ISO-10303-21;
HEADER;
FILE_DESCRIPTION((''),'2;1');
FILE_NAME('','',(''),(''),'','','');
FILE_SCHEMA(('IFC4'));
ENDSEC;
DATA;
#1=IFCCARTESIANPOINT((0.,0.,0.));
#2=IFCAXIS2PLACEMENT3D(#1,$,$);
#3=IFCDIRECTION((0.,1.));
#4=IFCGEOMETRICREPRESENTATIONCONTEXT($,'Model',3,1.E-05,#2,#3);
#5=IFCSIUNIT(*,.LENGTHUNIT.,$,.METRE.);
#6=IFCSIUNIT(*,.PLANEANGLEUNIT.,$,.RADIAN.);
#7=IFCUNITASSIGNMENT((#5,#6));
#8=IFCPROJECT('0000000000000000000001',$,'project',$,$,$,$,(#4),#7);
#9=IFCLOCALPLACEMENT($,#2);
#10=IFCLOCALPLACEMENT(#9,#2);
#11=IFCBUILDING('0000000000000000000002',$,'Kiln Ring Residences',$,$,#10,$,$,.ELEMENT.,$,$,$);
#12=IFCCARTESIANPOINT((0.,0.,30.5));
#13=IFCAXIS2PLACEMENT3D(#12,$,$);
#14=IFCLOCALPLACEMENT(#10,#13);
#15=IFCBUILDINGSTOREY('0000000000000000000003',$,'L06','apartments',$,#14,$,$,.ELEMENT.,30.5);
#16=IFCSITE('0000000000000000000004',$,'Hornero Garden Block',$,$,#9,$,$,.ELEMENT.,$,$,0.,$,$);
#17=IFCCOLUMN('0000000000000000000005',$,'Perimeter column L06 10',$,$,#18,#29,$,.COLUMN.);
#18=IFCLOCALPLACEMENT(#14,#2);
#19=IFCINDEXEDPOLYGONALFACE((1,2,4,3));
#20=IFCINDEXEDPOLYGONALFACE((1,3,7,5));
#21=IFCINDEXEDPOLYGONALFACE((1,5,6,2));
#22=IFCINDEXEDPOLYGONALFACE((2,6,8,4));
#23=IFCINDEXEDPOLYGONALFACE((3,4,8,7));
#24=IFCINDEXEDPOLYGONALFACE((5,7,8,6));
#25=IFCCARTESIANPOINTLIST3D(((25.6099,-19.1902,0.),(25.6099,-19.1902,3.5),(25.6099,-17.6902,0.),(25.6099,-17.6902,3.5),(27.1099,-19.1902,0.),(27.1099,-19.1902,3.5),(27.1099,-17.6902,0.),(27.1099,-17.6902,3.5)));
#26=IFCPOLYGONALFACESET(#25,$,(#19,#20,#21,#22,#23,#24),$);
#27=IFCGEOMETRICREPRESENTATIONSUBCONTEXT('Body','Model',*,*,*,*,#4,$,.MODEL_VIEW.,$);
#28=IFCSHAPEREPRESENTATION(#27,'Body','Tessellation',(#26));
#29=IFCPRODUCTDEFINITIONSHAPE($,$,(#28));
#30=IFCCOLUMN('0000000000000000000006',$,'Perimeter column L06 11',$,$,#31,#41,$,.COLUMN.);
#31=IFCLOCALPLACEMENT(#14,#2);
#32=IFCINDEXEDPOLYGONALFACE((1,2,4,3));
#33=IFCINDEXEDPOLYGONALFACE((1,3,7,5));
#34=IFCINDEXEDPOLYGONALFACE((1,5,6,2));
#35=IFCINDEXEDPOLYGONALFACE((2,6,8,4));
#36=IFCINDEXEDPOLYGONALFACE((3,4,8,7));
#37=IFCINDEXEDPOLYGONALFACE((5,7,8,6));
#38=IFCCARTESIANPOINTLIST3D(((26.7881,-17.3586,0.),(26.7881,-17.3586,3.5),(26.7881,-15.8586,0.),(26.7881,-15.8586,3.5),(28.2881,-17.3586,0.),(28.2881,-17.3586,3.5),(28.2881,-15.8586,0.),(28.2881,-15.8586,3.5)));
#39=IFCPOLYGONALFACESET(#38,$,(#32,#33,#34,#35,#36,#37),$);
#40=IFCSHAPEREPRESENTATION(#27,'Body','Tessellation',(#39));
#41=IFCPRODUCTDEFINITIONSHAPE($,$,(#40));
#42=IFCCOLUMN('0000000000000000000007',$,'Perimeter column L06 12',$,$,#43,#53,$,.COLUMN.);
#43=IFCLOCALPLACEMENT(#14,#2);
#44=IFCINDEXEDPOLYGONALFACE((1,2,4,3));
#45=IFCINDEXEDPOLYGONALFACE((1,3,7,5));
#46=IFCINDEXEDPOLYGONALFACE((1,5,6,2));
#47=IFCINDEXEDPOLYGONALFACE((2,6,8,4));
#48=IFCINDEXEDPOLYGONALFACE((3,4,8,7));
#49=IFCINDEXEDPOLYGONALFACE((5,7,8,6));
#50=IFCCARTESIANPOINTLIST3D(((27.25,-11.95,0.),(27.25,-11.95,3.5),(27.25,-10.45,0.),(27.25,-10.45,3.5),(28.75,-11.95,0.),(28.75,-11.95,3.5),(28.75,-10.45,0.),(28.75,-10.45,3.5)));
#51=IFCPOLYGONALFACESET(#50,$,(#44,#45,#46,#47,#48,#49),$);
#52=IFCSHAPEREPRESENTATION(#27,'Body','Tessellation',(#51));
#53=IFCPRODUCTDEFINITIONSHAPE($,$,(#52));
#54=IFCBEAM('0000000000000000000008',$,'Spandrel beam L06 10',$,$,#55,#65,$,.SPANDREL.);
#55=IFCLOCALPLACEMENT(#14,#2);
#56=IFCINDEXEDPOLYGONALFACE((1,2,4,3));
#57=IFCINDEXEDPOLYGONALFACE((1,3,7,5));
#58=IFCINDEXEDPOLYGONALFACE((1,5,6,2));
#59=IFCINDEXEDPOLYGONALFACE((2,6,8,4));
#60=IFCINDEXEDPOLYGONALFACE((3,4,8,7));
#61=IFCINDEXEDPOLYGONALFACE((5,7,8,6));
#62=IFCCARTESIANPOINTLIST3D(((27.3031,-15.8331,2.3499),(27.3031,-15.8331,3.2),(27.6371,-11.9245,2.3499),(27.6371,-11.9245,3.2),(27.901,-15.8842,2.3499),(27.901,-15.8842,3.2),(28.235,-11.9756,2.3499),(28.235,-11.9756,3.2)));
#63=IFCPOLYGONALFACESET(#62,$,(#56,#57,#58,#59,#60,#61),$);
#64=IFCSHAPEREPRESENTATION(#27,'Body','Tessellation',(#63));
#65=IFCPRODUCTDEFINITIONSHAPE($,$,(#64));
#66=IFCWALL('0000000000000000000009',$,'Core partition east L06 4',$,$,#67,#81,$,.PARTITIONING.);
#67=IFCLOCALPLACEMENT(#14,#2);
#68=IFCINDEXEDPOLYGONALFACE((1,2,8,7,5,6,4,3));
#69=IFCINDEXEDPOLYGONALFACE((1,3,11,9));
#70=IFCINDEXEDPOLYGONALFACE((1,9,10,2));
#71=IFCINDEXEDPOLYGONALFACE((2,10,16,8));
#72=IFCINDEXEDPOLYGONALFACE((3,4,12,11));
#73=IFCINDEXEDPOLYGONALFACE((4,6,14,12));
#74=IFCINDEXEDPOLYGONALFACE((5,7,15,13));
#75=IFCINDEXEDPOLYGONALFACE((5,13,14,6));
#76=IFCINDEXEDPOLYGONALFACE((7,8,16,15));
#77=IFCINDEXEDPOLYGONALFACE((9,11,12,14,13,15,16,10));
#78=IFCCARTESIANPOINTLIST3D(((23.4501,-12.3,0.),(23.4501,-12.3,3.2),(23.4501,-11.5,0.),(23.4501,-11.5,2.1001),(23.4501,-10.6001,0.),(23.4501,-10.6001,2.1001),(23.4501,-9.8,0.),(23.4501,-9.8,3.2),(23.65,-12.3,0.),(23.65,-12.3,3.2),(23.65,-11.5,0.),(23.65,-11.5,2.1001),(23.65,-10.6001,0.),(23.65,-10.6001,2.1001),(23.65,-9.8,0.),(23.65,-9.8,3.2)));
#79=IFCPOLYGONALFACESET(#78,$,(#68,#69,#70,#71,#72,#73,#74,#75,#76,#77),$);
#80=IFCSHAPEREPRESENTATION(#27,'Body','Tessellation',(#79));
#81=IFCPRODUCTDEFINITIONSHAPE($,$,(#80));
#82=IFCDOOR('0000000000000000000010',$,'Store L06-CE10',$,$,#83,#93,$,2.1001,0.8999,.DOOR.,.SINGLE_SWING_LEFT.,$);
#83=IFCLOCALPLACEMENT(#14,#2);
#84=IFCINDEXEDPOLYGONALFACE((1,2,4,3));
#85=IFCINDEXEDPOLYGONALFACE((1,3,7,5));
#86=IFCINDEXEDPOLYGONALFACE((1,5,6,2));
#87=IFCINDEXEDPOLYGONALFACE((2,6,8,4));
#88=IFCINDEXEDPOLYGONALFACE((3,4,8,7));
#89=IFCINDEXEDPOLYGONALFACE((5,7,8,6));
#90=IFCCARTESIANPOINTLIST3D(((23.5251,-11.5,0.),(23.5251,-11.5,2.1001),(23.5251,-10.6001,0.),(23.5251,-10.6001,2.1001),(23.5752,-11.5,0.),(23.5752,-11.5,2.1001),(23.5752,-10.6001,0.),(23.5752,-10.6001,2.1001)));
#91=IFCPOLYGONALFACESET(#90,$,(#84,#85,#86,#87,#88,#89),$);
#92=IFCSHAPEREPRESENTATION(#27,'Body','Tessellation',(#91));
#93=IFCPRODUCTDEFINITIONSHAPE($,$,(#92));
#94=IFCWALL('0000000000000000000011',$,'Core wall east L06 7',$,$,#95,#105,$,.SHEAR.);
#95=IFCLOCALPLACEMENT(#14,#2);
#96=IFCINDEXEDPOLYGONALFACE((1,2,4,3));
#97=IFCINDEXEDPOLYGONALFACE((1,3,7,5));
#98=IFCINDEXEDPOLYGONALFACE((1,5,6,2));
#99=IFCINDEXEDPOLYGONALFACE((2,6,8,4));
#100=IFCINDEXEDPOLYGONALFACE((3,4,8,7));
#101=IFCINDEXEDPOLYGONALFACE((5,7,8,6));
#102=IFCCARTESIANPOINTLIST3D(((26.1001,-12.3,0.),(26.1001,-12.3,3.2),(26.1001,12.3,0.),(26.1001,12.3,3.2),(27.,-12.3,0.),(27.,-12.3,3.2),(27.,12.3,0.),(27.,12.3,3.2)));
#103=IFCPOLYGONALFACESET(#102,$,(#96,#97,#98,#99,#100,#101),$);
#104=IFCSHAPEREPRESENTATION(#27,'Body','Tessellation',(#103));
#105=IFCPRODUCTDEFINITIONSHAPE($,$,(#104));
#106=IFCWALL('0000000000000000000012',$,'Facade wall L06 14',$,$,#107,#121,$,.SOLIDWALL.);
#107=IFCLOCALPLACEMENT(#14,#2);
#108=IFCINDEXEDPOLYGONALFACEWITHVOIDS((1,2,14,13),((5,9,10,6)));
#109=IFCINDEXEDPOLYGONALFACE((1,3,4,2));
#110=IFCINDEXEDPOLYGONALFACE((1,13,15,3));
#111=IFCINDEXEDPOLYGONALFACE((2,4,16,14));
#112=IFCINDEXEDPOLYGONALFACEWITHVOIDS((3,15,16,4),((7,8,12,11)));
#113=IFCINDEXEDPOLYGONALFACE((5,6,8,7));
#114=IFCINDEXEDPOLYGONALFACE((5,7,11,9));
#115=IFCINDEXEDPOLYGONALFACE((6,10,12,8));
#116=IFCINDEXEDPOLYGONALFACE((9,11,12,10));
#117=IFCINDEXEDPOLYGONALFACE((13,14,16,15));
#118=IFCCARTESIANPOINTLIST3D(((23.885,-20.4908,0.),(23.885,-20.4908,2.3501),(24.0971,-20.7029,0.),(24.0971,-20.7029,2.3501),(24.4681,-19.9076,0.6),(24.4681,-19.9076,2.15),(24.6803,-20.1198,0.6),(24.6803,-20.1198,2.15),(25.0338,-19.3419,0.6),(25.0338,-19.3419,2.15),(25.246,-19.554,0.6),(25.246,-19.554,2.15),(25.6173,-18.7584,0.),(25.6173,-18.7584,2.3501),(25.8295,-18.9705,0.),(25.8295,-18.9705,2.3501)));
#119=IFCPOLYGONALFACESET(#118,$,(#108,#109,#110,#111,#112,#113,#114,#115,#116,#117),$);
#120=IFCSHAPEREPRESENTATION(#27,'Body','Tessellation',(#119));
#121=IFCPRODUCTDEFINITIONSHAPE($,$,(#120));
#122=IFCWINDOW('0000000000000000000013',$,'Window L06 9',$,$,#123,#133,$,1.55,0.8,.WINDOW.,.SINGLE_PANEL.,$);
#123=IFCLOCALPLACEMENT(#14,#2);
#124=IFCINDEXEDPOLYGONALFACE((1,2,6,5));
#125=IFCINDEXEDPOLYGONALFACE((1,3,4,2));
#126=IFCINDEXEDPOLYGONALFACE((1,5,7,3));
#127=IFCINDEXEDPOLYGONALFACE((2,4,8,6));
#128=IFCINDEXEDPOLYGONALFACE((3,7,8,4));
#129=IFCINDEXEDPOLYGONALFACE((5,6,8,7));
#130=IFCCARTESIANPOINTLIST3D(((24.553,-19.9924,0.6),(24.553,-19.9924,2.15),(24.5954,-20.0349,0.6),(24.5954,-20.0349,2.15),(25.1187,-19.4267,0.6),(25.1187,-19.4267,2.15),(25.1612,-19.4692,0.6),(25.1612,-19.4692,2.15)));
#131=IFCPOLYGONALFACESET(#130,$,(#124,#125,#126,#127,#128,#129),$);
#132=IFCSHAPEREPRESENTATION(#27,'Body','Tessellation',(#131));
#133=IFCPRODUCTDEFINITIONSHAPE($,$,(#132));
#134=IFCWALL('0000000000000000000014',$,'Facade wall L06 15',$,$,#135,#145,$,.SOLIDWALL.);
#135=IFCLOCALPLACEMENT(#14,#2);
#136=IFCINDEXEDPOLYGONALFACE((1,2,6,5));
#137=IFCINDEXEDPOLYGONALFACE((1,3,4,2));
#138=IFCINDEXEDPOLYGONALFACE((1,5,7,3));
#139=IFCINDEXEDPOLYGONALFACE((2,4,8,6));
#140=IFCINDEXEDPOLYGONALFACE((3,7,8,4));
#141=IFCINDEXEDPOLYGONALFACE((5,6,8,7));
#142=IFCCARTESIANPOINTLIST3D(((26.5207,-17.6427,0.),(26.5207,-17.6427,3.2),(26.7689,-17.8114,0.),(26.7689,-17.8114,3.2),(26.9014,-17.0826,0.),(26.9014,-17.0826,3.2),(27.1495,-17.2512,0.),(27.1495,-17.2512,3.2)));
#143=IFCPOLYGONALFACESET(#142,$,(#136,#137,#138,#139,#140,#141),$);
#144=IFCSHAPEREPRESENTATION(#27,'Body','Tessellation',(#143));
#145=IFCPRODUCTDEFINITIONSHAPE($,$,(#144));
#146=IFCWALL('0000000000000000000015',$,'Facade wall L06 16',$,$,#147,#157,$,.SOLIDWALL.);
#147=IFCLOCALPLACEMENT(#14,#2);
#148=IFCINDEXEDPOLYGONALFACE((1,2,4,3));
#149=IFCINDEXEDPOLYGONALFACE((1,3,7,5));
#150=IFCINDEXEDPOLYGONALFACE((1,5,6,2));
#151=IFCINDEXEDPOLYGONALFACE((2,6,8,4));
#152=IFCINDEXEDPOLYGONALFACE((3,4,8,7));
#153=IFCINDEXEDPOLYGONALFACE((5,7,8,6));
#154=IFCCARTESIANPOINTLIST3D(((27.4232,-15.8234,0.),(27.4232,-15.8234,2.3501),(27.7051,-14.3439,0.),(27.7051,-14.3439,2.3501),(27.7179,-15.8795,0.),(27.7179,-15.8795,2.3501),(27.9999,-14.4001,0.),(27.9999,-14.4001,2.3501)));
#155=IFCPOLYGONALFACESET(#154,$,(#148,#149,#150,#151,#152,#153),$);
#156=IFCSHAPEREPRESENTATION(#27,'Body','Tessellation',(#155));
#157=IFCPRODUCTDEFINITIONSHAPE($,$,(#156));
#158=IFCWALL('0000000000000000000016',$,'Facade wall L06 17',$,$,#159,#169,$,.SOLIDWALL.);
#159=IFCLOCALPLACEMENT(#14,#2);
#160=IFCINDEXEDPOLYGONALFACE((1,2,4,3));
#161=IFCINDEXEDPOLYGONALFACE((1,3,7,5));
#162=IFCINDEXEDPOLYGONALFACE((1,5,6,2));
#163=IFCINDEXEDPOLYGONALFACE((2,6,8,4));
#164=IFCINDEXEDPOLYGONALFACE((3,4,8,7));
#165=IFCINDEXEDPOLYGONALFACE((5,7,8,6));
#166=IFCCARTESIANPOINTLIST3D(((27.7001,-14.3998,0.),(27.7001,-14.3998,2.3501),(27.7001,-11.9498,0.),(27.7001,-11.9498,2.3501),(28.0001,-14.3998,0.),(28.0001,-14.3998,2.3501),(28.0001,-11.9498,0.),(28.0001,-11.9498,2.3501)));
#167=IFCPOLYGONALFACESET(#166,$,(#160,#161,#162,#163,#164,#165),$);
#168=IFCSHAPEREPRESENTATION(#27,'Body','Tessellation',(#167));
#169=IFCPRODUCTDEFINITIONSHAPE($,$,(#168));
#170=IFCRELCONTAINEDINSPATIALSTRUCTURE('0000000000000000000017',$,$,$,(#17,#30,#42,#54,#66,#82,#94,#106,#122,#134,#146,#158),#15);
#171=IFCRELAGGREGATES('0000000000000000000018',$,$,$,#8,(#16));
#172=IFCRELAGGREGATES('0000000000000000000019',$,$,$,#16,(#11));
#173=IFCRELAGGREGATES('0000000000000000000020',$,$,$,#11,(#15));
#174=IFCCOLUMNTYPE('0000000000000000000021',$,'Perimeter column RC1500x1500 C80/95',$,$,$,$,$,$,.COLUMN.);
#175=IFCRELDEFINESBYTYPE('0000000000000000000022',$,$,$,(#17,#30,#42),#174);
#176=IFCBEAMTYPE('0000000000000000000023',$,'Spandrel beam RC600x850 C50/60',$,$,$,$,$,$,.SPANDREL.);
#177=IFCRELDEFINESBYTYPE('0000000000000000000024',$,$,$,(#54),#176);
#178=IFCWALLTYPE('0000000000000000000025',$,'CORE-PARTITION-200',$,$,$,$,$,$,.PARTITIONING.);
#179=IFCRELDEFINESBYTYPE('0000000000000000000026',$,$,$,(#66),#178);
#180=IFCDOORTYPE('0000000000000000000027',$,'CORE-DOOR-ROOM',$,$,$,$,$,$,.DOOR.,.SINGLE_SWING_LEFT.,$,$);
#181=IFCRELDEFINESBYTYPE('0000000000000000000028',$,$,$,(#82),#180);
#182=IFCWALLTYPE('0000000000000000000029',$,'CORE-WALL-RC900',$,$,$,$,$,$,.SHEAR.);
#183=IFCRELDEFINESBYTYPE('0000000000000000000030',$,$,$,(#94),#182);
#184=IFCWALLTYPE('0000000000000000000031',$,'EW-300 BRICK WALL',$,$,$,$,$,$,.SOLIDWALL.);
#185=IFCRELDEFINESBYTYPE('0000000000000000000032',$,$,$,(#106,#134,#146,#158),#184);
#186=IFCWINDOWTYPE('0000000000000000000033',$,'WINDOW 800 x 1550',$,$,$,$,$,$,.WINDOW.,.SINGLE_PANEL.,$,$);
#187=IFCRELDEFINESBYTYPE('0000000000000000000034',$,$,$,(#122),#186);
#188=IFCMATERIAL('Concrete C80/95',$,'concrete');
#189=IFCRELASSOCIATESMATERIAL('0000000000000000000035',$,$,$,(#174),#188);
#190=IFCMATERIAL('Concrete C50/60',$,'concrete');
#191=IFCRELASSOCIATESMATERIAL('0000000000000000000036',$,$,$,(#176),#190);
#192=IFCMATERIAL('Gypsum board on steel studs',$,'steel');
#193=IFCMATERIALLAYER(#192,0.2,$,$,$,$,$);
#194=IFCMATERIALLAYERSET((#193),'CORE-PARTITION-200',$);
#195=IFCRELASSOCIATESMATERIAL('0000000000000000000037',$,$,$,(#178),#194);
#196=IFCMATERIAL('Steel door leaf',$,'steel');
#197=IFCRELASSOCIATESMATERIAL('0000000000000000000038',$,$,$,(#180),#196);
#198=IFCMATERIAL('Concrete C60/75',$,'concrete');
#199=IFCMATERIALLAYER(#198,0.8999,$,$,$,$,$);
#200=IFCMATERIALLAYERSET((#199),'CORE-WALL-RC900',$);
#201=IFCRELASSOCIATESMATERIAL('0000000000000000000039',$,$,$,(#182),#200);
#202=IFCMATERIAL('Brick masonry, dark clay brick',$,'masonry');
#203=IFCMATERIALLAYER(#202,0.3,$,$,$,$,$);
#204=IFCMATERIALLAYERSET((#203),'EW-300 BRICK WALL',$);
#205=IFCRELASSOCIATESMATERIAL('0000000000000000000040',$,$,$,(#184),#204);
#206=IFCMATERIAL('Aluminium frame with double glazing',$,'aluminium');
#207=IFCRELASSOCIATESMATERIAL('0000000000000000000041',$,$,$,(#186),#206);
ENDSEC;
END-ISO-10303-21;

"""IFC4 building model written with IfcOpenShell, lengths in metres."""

from ifc_helpers import new_model, si_unit, direction, frame, frame_2d, origin, origin_2d, place, context, subcontext, project, spatial, rectangle, extrude, material, layer, layer_set, material_profile, profile_set, type_object, element, fill, save


model = new_model("IFC4")

# Units and contexts
model_context = context("Model", 3, precision=1e-05, world=origin(), true_north=direction((0.0, 1.0)))
body_context = subcontext(model_context, "Body", "Model", "MODEL_VIEW")
ifc_project = project(units=[si_unit("LENGTHUNIT", "METRE"), si_unit("PLANEANGLEUNIT", "RADIAN")], contexts=[model_context])

# Site, building, storey
site_placement = place(None, origin())
site = spatial("IfcSite", under=ifc_project, at=site_placement, Name="Hornero Garden Block", CompositionType="ELEMENT", RefElevation=0.0)
building_placement = place(site_placement, origin())
building = spatial("IfcBuilding", under=site, at=building_placement, Name="Kiln Ring Residences", CompositionType="ELEMENT")
storey_placement = place(building_placement, frame((0.0, 0.0, 30.5)))
storey = spatial("IfcBuildingStorey", under=building, at=storey_placement, Name="L06", Description="apartments", CompositionType="ELEMENT", Elevation=30.5)

# Columns
ifc_material_1 = material(Name="Concrete C80/95", Category="concrete")
ifc_material_profile_1 = material_profile(ifc_material_1, rectangle(XDim=1.5, YDim=1.5, at=origin_2d()), Name="RC1500x1500")
ifc_profile_set_1 = profile_set([ifc_material_profile_1], Name="Concrete C80/95")
column_type = type_object("IfcColumnType", Name="Perimeter column RC1500x1500 C80/95", PredefinedType="COLUMN", material=ifc_profile_set_1)
for number, where, z_axis, x_axis, name in (
    (1, (26.3599, -18.4402, 0.0), (0.0, 0.0, 1.0), (1.0, 0.0, 0.0), "Perimeter column L06 10"),
    (2, (27.5381, -16.6086, 0.0), (0.0, 0.0, 1.0), (1.0, 0.0, 0.0), "Perimeter column L06 11"),
    (3, (28.0, -11.2, 0.0), (0.0, 0.0, 1.0), (1.0, 0.0, 0.0), "Perimeter column L06 12"),
):
    element("IfcColumn", number, at=place(storey_placement, frame(where, z_axis=z_axis, x_axis=x_axis)), inside=storey, type_object=column_type, Name=name, PredefinedType="COLUMN", context=body_context, shape_type="SweptSolid", body=[
        extrude(rectangle(XDim=1.5, YDim=1.5, at=origin_2d()), origin(), (0.0, 0.0, 1.0), 3.5),
    ])

# Beam
ifc_material_2 = material(Name="Concrete C50/60", Category="concrete")
ifc_material_profile_2 = material_profile(ifc_material_2, rectangle(XDim=0.6001, YDim=0.8501, at=origin_2d()), Name="RC600x850")
ifc_profile_set_2 = profile_set([ifc_material_profile_2], Name="Concrete C50/60")
beam_type = type_object("IfcBeamType", Name="Spandrel beam RC600x850 C50/60", PredefinedType="SPANDREL", material=ifc_profile_set_2)
beam_placement = place(storey_placement, frame((27.6021, -15.8586, 2.7749), z_axis=(0.085136, 0.996369, 0.0), x_axis=(-0.996369, 0.085136, 0.0)))
element("IfcBeam", 4, at=beam_placement, inside=storey, type_object=beam_type, Name="Spandrel beam L06 10", PredefinedType="SPANDREL", context=body_context, shape_type="SweptSolid", body=[
    extrude(rectangle(XDim=0.6001, YDim=0.8501, at=origin_2d()), origin(), (0.0, 0.0, 1.0), 3.9229),
])

# Wall, opening, door
ifc_material_3 = material(Name="Gypsum board on steel studs", Category="steel")
ifc_layer_1 = layer(ifc_material_3, 0.2)
ifc_layer_set_1 = layer_set([ifc_layer_1], Name="CORE-PARTITION-200")
wall_type_1 = type_object("IfcWallType", Name="CORE-PARTITION-200", PredefinedType="PARTITIONING", material=ifc_layer_set_1)
wall_1_placement = place(storey_placement, frame((23.55, -12.3, 0.0), z_axis=(0.0, 0.0, 1.0), x_axis=(0.0, 1.0, 0.0)))
wall_1 = element("IfcWall", 5, at=wall_1_placement, inside=storey, type_object=wall_type_1, Name="Core partition east L06 4", PredefinedType="PARTITIONING", context=body_context, shape_type="SweptSolid", body=[
    extrude(rectangle(XDim=2.5, YDim=0.2, at=frame_2d((1.25, 0.0))), origin(), (0.0, 0.0, 1.0), 3.2),
])
opening_1_placement = place(wall_1_placement, frame((0.8, 0.0, 0.0)))
opening_1 = element("IfcOpeningElement", 6, at=opening_1_placement, cuts=wall_1, PredefinedType="OPENING", context=body_context, shape_type="SweptSolid", body=[
    extrude(rectangle(XDim=0.8999, YDim=2.1001, at=frame_2d((0.45, 1.05))), frame((0.0, 0.1099, 0.0), z_axis=(0.0, -1.0, 0.0), x_axis=(1.0, 0.0, 0.0)), (0.0, 0.0, 1.0), 0.22),
])
ifc_material_4 = material(Name="Steel door leaf", Category="steel")
door_type = type_object("IfcDoorType", Name="CORE-DOOR-ROOM", OperationType="SINGLE_SWING_LEFT", PredefinedType="DOOR", material=ifc_material_4)
door_placement = place(opening_1_placement, origin())
door = element("IfcDoor", 7, at=door_placement, inside=storey, type_object=door_type, Name="Store L06-CE10", OperationType="SINGLE_SWING_LEFT", OverallHeight=2.1001, OverallWidth=0.8999, PredefinedType="DOOR", context=body_context, shape_type="SweptSolid", body=[
    extrude(rectangle(XDim=0.8999, YDim=2.1001, at=frame_2d((0.45, 1.05))), frame((0.0, 0.0249, 0.0), z_axis=(0.0, -1.0, 0.0), x_axis=(1.0, 0.0, 0.0)), (0.0, 0.0, 1.0), 0.05),
])
fill(opening_1, door)

# Wall
ifc_material_5 = material(Name="Concrete C60/75", Category="concrete")
ifc_layer_2 = layer(ifc_material_5, 0.8999)
ifc_layer_set_2 = layer_set([ifc_layer_2], Name="CORE-WALL-RC900")
wall_type_2 = type_object("IfcWallType", Name="CORE-WALL-RC900", PredefinedType="SHEAR", material=ifc_layer_set_2)
wall_2_placement = place(storey_placement, frame((26.55, -12.3, 0.0), z_axis=(0.0, 0.0, 1.0), x_axis=(0.0, 1.0, 0.0)))
element("IfcWall", 8, at=wall_2_placement, inside=storey, type_object=wall_type_2, Name="Core wall east L06 7", PredefinedType="SHEAR", context=body_context, shape_type="SweptSolid", body=[
    extrude(rectangle(XDim=24.6001, YDim=0.8999, at=frame_2d((12.3, 0.0))), origin(), (0.0, 0.0, 1.0), 3.2),
])

# Wall, opening, window
ifc_material_6 = material(Name="Brick masonry, dark clay brick", Category="masonry")
ifc_layer_3 = layer(ifc_material_6, 0.3)
ifc_layer_set_3 = layer_set([ifc_layer_3], Name="EW-300 BRICK WALL")
wall_type_3 = type_object("IfcWallType", Name="EW-300 BRICK WALL", PredefinedType="SOLIDWALL", material=ifc_layer_set_3)
wall_3_placement = place(storey_placement, frame((23.991, -20.5969, 0.0), z_axis=(0.0, 0.0, 1.0), x_axis=(0.707107, 0.707107, 0.0)))
wall_3 = element("IfcWall", 9, at=wall_3_placement, inside=storey, type_object=wall_type_3, Name="Facade wall L06 14", PredefinedType="SOLIDWALL", context=body_context, shape_type="SweptSolid", body=[
    extrude(rectangle(XDim=2.45, YDim=0.3, at=frame_2d((1.2251, 0.0))), origin(), (0.0, 0.0, 1.0), 2.3501),
])
opening_2_placement = place(wall_3_placement, frame((0.825, 0.0, 0.6001)))
opening_2 = element("IfcOpeningElement", 10, at=opening_2_placement, cuts=wall_3, PredefinedType="OPENING", context=body_context, shape_type="SweptSolid", body=[
    extrude(rectangle(XDim=0.8, YDim=1.55, at=frame_2d((0.3999, 0.7749))), frame((0.0, 0.1599, 0.0), z_axis=(0.0, -1.0, 0.0), x_axis=(1.0, 0.0, 0.0)), (0.0, 0.0, 1.0), 0.3201),
])
ifc_material_7 = material(Name="Aluminium frame with double glazing", Category="aluminium")
window_type = type_object("IfcWindowType", Name="WINDOW 800 x 1550", PartitioningType="SINGLE_PANEL", PredefinedType="WINDOW", material=ifc_material_7)
window_placement = place(opening_2_placement, origin())
window = element("IfcWindow", 11, at=window_placement, inside=storey, type_object=window_type, Name="Window L06 9", OverallHeight=1.55, OverallWidth=0.8, PartitioningType="SINGLE_PANEL", PredefinedType="WINDOW", context=body_context, shape_type="SweptSolid", body=[
    extrude(rectangle(XDim=0.8, YDim=1.55, at=frame_2d((0.3999, 0.7749))), frame((0.0, 0.03, 0.0), z_axis=(0.0, -1.0, 0.0), x_axis=(1.0, 0.0, 0.0)), (0.0, 0.0, 1.0), 0.0601),
])
fill(opening_2, window)

# Walls
wall_4_placement = place(storey_placement, frame((26.6448, -17.7271, 0.0), z_axis=(0.0, 0.0, 1.0), x_axis=(0.562083, 0.827081, 0.0)))
element("IfcWall", 12, at=wall_4_placement, inside=storey, type_object=wall_type_3, Name="Facade wall L06 15", PredefinedType="SOLIDWALL", context=body_context, shape_type="SweptSolid", body=[
    extrude(rectangle(XDim=0.6772, YDim=0.3, at=frame_2d((0.3386, 0.0))), origin(), (0.0, 0.0, 1.0), 3.2),
])
wall_5_placement = place(storey_placement, frame((27.5706, -15.8513, 0.0), z_axis=(0.0, 0.0, 1.0), x_axis=(0.187224, 0.982317, 0.0)))
element("IfcWall", 13, at=wall_5_placement, inside=storey, type_object=wall_type_3, Name="Facade wall L06 16", PredefinedType="SOLIDWALL", context=body_context, shape_type="SweptSolid", body=[
    extrude(rectangle(XDim=1.5061, YDim=0.3, at=frame_2d((0.7529, 0.0))), origin(), (0.0, 0.0, 1.0), 2.3501),
])
wall_6_placement = place(storey_placement, frame((27.8501, -14.3999, 0.0), z_axis=(0.0, 0.0, 1.0), x_axis=(0.0, 1.0, 0.0)))
element("IfcWall", 14, at=wall_6_placement, inside=storey, type_object=wall_type_3, Name="Facade wall L06 17", PredefinedType="SOLIDWALL", context=body_context, shape_type="SweptSolid", body=[
    extrude(rectangle(XDim=2.45, YDim=0.3, at=frame_2d((1.2251, 0.0))), origin(), (0.0, 0.0, 1.0), 2.3501),
])

save(model, "model.ifc")
